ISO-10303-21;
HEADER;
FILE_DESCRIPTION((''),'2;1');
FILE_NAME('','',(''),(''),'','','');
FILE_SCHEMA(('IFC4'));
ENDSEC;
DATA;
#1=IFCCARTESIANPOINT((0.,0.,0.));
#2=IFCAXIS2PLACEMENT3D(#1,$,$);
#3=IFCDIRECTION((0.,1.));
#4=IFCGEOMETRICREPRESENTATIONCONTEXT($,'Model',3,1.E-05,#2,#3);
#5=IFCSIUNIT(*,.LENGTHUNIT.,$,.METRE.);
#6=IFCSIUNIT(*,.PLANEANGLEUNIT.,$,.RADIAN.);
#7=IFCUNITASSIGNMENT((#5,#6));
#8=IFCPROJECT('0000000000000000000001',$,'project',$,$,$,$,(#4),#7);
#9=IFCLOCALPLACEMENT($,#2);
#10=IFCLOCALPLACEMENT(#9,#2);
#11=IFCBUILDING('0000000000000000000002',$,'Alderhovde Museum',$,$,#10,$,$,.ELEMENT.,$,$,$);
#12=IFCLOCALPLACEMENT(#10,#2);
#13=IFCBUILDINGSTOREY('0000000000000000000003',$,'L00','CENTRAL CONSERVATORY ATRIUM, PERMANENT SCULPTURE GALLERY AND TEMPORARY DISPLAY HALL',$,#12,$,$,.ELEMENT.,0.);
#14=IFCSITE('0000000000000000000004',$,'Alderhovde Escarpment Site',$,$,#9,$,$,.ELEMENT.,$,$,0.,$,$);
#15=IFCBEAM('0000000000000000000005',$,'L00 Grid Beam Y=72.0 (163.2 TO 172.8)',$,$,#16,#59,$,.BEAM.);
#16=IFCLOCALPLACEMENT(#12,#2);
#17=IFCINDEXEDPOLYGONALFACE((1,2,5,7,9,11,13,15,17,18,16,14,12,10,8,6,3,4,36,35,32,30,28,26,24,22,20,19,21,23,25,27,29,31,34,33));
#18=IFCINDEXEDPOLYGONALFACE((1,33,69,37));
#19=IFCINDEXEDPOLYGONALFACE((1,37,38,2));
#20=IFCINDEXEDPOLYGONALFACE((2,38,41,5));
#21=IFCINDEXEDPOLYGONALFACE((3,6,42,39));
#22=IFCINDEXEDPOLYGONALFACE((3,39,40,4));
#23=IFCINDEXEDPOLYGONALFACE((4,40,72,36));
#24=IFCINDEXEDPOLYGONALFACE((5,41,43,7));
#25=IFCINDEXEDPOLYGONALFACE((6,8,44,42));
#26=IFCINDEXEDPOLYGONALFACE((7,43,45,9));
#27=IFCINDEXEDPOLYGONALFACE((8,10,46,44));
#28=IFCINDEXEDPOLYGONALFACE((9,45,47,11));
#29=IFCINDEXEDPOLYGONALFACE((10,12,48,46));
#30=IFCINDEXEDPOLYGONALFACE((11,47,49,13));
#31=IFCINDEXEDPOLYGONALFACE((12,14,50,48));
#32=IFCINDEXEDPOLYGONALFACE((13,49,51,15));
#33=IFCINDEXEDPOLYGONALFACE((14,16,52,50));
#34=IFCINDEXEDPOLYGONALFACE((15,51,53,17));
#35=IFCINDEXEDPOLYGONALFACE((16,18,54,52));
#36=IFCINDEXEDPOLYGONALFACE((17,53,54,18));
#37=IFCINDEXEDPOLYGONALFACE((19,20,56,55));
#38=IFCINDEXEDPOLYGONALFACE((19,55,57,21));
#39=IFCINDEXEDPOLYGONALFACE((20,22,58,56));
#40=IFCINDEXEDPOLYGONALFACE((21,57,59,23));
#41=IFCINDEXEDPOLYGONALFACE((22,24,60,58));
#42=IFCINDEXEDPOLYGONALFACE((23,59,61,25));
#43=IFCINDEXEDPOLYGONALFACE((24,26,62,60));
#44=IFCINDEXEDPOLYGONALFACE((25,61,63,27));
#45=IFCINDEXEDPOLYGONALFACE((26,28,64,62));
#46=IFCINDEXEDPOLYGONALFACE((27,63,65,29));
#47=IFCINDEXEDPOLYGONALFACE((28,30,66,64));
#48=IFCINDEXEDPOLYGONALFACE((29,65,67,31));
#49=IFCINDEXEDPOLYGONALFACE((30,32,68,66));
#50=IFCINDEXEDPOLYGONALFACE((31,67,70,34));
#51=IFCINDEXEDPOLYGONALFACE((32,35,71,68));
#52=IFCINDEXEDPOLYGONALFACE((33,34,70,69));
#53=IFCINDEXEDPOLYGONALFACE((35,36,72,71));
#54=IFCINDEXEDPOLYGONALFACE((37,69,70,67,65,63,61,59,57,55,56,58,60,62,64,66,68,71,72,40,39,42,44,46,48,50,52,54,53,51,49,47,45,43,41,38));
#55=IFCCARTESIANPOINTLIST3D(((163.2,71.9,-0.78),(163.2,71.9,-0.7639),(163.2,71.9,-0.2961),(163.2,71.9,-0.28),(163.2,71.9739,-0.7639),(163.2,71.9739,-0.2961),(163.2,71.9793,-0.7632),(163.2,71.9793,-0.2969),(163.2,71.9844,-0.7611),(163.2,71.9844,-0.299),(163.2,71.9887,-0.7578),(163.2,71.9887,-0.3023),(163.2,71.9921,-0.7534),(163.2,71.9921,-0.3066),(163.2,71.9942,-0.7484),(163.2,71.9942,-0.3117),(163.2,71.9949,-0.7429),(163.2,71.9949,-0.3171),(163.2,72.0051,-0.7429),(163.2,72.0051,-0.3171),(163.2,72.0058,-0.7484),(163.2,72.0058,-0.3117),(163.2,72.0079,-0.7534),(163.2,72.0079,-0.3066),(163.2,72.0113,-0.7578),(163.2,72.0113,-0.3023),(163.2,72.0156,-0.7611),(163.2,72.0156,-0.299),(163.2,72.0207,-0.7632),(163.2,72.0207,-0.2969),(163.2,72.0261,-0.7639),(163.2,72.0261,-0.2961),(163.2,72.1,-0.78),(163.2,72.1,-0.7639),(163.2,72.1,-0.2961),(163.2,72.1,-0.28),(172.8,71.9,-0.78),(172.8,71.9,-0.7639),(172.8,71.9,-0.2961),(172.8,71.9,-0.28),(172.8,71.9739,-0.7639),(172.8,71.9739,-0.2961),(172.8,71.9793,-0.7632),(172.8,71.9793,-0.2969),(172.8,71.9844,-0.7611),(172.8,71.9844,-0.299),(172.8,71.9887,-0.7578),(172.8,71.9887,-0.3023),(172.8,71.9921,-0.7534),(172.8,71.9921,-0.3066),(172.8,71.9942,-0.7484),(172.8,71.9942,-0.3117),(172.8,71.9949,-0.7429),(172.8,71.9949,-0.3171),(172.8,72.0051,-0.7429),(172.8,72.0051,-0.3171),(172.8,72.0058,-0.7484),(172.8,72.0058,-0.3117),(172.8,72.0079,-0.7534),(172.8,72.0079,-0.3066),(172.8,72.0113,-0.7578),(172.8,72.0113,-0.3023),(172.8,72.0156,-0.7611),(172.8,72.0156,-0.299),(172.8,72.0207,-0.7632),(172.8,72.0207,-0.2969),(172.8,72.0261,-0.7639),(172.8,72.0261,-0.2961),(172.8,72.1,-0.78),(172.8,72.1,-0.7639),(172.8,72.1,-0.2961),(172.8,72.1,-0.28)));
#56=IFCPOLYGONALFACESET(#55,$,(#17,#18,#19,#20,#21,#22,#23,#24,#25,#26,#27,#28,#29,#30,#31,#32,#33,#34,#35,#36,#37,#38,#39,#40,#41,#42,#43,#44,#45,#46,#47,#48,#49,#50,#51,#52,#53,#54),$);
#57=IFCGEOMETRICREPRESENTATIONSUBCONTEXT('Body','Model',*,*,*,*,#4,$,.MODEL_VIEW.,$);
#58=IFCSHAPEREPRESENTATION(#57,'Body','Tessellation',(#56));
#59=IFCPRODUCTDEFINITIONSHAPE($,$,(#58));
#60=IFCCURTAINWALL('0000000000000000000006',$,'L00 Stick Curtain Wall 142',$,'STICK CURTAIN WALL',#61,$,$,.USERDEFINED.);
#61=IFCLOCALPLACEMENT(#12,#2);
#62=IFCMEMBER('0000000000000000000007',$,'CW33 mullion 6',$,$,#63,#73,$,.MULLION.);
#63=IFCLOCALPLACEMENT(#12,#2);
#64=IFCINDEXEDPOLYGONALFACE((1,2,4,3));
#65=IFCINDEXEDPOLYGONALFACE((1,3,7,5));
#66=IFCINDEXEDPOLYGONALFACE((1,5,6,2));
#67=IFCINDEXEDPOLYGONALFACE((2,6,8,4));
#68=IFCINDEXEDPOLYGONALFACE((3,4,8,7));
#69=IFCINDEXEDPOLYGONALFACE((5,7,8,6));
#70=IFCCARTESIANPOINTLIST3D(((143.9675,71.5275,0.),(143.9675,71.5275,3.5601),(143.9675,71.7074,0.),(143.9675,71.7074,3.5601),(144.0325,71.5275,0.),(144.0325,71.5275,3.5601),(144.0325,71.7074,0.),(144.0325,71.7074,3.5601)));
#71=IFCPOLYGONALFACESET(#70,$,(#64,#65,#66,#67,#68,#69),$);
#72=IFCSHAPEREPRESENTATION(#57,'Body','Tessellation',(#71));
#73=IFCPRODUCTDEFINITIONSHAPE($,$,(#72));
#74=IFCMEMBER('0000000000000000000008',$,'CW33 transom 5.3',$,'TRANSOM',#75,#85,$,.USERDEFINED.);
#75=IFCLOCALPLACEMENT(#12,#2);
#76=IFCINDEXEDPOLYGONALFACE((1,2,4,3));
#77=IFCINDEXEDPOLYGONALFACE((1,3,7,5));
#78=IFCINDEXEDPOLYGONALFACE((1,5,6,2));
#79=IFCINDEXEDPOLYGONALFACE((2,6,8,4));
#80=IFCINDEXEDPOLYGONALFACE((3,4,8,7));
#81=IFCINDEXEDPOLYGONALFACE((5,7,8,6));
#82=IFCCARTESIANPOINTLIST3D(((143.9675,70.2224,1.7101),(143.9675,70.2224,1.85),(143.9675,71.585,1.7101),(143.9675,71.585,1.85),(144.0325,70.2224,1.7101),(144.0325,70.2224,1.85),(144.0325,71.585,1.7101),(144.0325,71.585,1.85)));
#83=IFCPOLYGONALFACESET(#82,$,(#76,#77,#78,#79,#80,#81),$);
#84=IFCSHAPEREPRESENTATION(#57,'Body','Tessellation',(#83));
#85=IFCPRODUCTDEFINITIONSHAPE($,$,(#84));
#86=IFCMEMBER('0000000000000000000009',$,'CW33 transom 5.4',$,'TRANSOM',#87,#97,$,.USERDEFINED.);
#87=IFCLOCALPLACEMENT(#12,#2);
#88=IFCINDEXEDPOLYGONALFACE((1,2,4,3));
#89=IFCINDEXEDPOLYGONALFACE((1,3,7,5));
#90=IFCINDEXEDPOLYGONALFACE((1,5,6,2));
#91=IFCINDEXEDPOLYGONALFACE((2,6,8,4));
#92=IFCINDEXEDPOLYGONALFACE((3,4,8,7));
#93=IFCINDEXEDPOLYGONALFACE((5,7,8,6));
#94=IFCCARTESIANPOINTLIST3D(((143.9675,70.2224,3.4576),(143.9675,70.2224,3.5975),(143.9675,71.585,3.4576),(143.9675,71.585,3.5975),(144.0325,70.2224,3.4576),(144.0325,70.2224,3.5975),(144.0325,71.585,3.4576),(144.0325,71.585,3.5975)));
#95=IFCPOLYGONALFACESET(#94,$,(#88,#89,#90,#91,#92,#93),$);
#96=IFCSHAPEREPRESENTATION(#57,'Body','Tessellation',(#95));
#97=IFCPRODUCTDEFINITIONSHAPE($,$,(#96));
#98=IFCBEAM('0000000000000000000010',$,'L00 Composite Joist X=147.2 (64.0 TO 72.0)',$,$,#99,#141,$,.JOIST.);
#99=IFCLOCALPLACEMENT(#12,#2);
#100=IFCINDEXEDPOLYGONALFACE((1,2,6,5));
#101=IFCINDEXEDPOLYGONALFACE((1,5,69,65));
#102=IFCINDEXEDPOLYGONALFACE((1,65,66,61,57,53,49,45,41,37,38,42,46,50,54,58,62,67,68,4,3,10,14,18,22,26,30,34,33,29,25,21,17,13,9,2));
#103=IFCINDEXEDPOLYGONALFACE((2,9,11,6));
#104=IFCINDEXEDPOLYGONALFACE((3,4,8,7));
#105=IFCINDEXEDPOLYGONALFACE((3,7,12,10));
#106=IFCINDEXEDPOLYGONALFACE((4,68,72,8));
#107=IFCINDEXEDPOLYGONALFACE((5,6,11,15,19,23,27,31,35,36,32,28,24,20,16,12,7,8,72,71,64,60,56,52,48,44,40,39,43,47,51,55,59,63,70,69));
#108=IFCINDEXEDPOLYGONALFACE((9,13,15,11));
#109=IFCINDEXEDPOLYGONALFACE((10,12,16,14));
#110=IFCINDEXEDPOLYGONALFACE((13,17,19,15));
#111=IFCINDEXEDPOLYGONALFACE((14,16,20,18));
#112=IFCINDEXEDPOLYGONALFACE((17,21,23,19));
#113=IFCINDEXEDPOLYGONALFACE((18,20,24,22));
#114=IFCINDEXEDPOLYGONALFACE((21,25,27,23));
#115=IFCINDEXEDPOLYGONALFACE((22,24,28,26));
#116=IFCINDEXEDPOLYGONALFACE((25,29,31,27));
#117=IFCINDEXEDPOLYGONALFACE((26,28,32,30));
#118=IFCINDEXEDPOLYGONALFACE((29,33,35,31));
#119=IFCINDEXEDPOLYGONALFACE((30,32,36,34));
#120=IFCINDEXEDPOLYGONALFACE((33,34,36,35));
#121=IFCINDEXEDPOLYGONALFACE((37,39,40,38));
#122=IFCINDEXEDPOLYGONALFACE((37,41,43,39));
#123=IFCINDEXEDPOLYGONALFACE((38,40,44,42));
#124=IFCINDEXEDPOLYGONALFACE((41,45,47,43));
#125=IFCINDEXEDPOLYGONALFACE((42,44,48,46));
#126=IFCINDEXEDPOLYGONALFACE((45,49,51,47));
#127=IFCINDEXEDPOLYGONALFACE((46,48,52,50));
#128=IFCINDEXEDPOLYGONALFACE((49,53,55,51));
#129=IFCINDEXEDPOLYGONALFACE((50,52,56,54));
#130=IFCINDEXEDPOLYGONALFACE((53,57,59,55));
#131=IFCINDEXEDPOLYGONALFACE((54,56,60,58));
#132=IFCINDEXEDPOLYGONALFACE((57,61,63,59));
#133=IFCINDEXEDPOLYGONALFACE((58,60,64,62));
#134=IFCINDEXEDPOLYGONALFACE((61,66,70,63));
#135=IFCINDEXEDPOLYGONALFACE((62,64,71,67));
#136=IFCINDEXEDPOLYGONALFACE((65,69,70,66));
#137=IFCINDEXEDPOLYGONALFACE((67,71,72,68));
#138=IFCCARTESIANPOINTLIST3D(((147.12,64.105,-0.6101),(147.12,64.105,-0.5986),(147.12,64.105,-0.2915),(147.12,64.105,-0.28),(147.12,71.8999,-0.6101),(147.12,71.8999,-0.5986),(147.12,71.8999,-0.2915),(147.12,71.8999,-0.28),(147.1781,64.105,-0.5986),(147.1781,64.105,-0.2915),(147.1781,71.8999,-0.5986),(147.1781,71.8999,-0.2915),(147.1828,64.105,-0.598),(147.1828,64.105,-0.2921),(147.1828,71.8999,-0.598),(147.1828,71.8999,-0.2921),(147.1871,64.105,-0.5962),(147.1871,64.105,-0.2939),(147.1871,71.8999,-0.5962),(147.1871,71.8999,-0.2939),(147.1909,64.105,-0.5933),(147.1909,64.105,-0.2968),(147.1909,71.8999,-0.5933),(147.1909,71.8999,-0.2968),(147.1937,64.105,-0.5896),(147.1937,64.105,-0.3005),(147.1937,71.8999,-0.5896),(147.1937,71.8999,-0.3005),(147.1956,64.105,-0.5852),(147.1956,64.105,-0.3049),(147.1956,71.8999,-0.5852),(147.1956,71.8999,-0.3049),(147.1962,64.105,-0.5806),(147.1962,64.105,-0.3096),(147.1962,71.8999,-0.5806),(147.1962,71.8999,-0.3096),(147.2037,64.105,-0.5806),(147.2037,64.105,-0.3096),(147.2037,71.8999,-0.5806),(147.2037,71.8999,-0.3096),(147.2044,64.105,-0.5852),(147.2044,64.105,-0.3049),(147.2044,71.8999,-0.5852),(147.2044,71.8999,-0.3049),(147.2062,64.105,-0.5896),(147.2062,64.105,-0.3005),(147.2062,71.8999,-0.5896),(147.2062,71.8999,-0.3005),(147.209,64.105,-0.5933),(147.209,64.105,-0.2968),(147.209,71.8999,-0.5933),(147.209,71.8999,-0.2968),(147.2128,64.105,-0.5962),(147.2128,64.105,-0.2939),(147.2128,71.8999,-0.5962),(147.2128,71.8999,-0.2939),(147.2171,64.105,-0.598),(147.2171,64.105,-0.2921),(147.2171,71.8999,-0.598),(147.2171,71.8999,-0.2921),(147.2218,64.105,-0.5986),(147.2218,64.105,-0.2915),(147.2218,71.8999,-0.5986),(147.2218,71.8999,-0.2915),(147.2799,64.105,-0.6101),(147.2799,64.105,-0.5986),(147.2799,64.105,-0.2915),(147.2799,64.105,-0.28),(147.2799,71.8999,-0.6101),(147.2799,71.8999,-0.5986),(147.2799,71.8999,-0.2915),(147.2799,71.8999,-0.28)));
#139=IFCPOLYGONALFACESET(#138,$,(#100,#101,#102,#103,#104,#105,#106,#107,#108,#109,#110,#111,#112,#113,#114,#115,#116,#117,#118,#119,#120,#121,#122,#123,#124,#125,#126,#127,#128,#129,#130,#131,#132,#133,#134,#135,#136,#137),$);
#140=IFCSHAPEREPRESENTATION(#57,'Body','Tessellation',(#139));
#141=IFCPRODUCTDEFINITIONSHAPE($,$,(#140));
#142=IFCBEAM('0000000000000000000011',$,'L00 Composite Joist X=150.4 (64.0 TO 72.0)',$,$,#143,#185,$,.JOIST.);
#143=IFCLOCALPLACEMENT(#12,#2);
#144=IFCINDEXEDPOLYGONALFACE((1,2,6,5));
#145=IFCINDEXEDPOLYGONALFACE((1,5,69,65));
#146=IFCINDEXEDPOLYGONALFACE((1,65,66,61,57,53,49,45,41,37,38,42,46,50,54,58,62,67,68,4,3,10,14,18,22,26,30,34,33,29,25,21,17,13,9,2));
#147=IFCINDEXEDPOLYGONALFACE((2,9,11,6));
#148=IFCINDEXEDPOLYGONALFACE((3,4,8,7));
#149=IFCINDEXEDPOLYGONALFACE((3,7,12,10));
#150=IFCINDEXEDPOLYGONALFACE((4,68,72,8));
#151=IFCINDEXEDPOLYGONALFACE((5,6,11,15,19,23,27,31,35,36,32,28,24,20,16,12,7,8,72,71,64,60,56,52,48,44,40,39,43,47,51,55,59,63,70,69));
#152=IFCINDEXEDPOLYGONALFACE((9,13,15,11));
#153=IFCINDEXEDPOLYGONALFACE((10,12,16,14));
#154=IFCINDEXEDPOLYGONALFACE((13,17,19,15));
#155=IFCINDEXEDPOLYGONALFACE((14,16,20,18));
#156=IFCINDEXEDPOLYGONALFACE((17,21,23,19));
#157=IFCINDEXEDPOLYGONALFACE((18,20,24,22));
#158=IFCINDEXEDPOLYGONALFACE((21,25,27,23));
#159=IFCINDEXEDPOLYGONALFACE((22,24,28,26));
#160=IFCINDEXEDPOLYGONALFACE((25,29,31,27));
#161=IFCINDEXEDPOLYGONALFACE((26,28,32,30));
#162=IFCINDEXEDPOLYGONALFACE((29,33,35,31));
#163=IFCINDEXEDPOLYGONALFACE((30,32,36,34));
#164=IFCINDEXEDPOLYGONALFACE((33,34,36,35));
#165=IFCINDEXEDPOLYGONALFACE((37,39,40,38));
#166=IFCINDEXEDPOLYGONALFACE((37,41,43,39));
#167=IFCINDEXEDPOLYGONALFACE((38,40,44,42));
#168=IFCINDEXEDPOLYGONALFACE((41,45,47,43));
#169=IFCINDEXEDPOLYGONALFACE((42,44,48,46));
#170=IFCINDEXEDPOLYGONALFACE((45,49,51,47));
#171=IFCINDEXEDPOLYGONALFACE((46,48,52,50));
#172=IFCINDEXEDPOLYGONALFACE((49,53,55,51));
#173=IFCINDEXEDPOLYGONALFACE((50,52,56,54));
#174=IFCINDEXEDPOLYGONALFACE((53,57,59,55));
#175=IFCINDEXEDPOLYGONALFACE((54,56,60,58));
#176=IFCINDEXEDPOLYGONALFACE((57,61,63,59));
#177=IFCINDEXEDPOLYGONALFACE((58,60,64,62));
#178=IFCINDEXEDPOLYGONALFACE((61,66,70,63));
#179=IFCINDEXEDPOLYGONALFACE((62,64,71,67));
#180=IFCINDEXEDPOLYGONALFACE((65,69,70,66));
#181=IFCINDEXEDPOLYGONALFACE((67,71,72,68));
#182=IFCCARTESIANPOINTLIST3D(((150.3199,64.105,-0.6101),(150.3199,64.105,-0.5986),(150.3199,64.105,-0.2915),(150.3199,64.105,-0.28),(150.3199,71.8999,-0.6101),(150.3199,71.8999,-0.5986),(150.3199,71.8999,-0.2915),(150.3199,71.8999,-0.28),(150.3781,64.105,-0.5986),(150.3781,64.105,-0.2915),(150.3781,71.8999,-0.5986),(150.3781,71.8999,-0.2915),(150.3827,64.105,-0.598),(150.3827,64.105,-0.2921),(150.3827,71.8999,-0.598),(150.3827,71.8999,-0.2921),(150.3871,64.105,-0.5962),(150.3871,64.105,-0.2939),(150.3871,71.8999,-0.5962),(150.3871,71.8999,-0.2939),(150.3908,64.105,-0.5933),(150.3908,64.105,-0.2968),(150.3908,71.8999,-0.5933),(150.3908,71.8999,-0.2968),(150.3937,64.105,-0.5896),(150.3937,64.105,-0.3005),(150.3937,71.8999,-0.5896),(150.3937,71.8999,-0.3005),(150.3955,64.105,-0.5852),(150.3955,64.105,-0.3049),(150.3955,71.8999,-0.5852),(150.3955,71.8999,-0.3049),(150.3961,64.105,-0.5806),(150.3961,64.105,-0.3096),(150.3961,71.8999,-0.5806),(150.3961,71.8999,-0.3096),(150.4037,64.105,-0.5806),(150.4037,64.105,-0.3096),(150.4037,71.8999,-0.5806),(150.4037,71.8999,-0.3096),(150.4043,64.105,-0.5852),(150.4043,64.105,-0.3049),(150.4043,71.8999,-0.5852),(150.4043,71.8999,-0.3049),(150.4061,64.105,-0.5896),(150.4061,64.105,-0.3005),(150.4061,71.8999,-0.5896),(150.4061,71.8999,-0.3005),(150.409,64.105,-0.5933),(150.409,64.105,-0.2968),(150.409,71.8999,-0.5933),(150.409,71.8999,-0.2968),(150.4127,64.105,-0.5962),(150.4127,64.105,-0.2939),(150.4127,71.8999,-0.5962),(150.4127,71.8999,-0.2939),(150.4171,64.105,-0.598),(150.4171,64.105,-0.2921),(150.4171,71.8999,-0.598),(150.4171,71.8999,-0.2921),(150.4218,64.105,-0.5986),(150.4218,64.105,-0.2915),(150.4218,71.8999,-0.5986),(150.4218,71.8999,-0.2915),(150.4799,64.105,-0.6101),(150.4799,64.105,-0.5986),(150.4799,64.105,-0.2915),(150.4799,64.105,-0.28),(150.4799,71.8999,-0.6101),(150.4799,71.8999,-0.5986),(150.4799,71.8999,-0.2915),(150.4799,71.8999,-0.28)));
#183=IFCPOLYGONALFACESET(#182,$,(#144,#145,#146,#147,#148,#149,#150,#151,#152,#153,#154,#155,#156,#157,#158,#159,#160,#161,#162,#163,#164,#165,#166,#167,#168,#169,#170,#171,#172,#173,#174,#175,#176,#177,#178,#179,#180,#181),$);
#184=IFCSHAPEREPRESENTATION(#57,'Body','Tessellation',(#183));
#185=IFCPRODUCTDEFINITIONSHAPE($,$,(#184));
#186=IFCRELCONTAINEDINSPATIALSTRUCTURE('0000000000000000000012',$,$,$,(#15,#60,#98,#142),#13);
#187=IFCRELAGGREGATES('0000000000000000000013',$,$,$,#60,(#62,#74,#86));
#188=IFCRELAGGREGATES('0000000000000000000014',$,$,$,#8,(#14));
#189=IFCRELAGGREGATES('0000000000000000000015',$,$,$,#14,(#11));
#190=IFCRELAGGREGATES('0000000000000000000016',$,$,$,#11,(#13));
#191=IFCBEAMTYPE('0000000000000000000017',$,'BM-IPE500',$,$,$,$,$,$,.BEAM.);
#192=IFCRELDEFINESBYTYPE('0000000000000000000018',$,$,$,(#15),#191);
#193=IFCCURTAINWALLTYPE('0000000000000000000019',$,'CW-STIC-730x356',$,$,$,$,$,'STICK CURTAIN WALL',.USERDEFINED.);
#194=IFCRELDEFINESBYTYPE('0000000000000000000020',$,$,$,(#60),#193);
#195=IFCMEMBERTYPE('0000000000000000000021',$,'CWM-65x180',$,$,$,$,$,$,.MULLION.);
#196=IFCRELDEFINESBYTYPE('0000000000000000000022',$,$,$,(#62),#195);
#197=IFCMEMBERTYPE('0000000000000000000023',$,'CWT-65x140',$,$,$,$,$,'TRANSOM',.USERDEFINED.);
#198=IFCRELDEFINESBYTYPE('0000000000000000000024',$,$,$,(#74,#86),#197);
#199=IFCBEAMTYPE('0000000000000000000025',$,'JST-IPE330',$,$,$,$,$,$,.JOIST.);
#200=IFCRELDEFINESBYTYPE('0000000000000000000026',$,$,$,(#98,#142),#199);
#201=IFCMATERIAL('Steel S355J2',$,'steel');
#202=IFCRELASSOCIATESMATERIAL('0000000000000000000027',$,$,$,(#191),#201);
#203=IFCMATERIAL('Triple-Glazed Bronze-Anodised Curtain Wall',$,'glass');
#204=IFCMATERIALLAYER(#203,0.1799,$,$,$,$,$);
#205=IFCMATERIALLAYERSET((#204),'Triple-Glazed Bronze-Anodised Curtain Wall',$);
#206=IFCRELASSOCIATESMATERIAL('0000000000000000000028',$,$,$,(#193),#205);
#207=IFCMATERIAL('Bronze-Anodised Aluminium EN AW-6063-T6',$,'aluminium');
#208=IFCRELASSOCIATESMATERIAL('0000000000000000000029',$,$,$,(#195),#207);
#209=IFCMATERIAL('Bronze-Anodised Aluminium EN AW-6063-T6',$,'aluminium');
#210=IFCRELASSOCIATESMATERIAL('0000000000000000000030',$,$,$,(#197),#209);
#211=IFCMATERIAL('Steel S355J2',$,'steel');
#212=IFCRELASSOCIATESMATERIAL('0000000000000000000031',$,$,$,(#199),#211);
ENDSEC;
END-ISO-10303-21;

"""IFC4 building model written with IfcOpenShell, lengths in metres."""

from ifc_helpers import new_model, si_unit, direction, frame, origin, origin_2d, place, context, subcontext, project, spatial, rectangle, i_section, extrude, material, layer, layer_set, material_profile, profile_set, type_object, element, aggregate, save


model = new_model("IFC4")

# Units and contexts
model_context = context("Model", 3, precision=1e-05, world=origin(), true_north=direction((0.0, 1.0)))
body_context = subcontext(model_context, "Body", "Model", "MODEL_VIEW")
ifc_project = project(units=[si_unit("LENGTHUNIT", "METRE"), si_unit("PLANEANGLEUNIT", "RADIAN")], contexts=[model_context])

# Site, building, storey
site_placement = place(None, origin())
site = spatial("IfcSite", under=ifc_project, at=site_placement, Name="Alderhovde Escarpment Site", CompositionType="ELEMENT", RefElevation=0.0)
building_placement = place(site_placement, origin())
building = spatial("IfcBuilding", under=site, at=building_placement, Name="Alderhovde Museum", CompositionType="ELEMENT")
storey_placement = place(building_placement, origin())
storey = spatial("IfcBuildingStorey", under=building, at=storey_placement, Name="L00", Description="CENTRAL CONSERVATORY ATRIUM, PERMANENT SCULPTURE GALLERY AND TEMPORARY DISPLAY HALL", CompositionType="ELEMENT", Elevation=0.0)

# Beam
ifc_material_1 = material(Name="Steel S355J2", Category="steel")
ifc_material_profile_1 = material_profile(ifc_material_1, i_section(OverallWidth=0.2, OverallDepth=0.5, WebThickness=0.0103, FlangeThickness=0.0161, FilletRadius=0.021, at=origin_2d()), Name="IPE 500")
ifc_profile_set_1 = profile_set([ifc_material_profile_1], Name="Steel S355J2")
beam_type_1 = type_object("IfcBeamType", Name="BM-IPE500", PredefinedType="BEAM", material=ifc_profile_set_1)
beam_1_placement = place(storey_placement, frame((163.2, 72.0, -0.53), z_axis=(1.0, 0.0, 0.0), x_axis=(0.0, 1.0, 0.0)))
element("IfcBeam", 1, at=beam_1_placement, inside=storey, type_object=beam_type_1, Name="L00 Grid Beam Y=72.0 (163.2 TO 172.8)", PredefinedType="BEAM", context=body_context, shape_type="SweptSolid", body=[
    extrude(i_section(OverallWidth=0.2, OverallDepth=0.5, WebThickness=0.0103, FlangeThickness=0.0161, FilletRadius=0.021, at=origin_2d()), origin(), (0.0, 0.0, 1.0), 9.6001),
])

# Curtain wall, members
ifc_material_2 = material(Name="Triple-Glazed Bronze-Anodised Curtain Wall", Category="glass")
ifc_layer_1 = layer(ifc_material_2, 0.1799)
ifc_layer_set_1 = layer_set([ifc_layer_1], Name="Triple-Glazed Bronze-Anodised Curtain Wall")
curtain_wall_type = type_object("IfcCurtainWallType", Name="CW-STIC-730x356", ElementType="STICK CURTAIN WALL", PredefinedType="USERDEFINED", material=ifc_layer_set_1)
curtain_wall_placement = place(storey_placement, origin())
curtain_wall = element("IfcCurtainWall", 2, at=curtain_wall_placement, inside=storey, type_object=curtain_wall_type, Name="L00 Stick Curtain Wall 142", ObjectType="STICK CURTAIN WALL", PredefinedType="USERDEFINED")
ifc_material_3 = material(Name="Bronze-Anodised Aluminium EN AW-6063-T6", Category="aluminium")
ifc_material_profile_2 = material_profile(ifc_material_3, rectangle(XDim=0.0649, YDim=0.1799, at=origin_2d()), Name="MULLION 65x180")
ifc_profile_set_2 = profile_set([ifc_material_profile_2], Name="Bronze-Anodised Aluminium EN AW-6063-T6")
member_type_1 = type_object("IfcMemberType", Name="CWM-65x180", PredefinedType="MULLION", material=ifc_profile_set_2)
member_1_placement = place(storey_placement, frame((144.0, 71.6174, 0.0), z_axis=(0.0, 0.0, 1.0), x_axis=(-1.0, 0.0, 0.0)))
member_1 = element("IfcMember", 3, at=member_1_placement, type_object=member_type_1, Name="CW33 mullion 6", PredefinedType="MULLION", context=body_context, shape_type="SweptSolid", body=[
    extrude(rectangle(XDim=0.0649, YDim=0.1799, at=origin_2d()), origin(), (0.0, 0.0, 1.0), 3.5601),
])
ifc_material_4 = material(Name="Bronze-Anodised Aluminium EN AW-6063-T6", Category="aluminium")
ifc_material_profile_3 = material_profile(ifc_material_4, rectangle(XDim=0.0649, YDim=0.1399, at=origin_2d()), Name="TRANSOM 65x140")
ifc_profile_set_3 = profile_set([ifc_material_profile_3], Name="Bronze-Anodised Aluminium EN AW-6063-T6")
member_type_2 = type_object("IfcMemberType", Name="CWT-65x140", ElementType="TRANSOM", PredefinedType="USERDEFINED", material=ifc_profile_set_3)
member_2_placement = place(storey_placement, frame((144.0, 70.2224, 1.78), z_axis=(0.0, 1.0, 0.0), x_axis=(-1.0, 0.0, 0.0)))
member_2 = element("IfcMember", 4, at=member_2_placement, type_object=member_type_2, Name="CW33 transom 5.3", ObjectType="TRANSOM", PredefinedType="USERDEFINED", context=body_context, shape_type="SweptSolid", body=[
    extrude(rectangle(XDim=0.0649, YDim=0.1399, at=origin_2d()), origin(), (0.0, 0.0, 1.0), 1.3625),
])
member_3_placement = place(storey_placement, frame((144.0, 70.2224, 3.5276), z_axis=(0.0, 1.0, 0.0), x_axis=(-1.0, 0.0, 0.0)))
member_3 = element("IfcMember", 5, at=member_3_placement, type_object=member_type_2, Name="CW33 transom 5.4", ObjectType="TRANSOM", PredefinedType="USERDEFINED", context=body_context, shape_type="SweptSolid", body=[
    extrude(rectangle(XDim=0.0649, YDim=0.1399, at=origin_2d()), origin(), (0.0, 0.0, 1.0), 1.3625),
])

# Beams
ifc_material_5 = material(Name="Steel S355J2", Category="steel")
ifc_material_profile_4 = material_profile(ifc_material_5, i_section(OverallWidth=0.1599, OverallDepth=0.3301, WebThickness=0.0076, FlangeThickness=0.0115, FilletRadius=0.0181, at=origin_2d()), Name="IPE 330")
ifc_profile_set_4 = profile_set([ifc_material_profile_4], Name="Steel S355J2")
beam_type_2 = type_object("IfcBeamType", Name="JST-IPE330", PredefinedType="JOIST", material=ifc_profile_set_4)
for number, where, z_axis, x_axis, name in (
    (6, (147.2, 64.105, -0.4451), (0.0, 1.0, 0.0), (-1.0, 0.0, 0.0), "L00 Composite Joist X=147.2 (64.0 TO 72.0)"),
    (7, (150.3999, 64.105, -0.4451), (0.0, 1.0, 0.0), (-1.0, 0.0, 0.0), "L00 Composite Joist X=150.4 (64.0 TO 72.0)"),
):
    element("IfcBeam", number, at=place(storey_placement, frame(where, z_axis=z_axis, x_axis=x_axis)), inside=storey, type_object=beam_type_2, Name=name, PredefinedType="JOIST", context=body_context, shape_type="SweptSolid", body=[
        extrude(i_section(OverallWidth=0.1599, OverallDepth=0.3301, WebThickness=0.0076, FlangeThickness=0.0115, FilletRadius=0.0181, at=origin_2d()), origin(), (0.0, 0.0, 1.0), 7.7949),
    ])

aggregate(curtain_wall, [member_1, member_2, member_3])

save(model, "model.ifc")
